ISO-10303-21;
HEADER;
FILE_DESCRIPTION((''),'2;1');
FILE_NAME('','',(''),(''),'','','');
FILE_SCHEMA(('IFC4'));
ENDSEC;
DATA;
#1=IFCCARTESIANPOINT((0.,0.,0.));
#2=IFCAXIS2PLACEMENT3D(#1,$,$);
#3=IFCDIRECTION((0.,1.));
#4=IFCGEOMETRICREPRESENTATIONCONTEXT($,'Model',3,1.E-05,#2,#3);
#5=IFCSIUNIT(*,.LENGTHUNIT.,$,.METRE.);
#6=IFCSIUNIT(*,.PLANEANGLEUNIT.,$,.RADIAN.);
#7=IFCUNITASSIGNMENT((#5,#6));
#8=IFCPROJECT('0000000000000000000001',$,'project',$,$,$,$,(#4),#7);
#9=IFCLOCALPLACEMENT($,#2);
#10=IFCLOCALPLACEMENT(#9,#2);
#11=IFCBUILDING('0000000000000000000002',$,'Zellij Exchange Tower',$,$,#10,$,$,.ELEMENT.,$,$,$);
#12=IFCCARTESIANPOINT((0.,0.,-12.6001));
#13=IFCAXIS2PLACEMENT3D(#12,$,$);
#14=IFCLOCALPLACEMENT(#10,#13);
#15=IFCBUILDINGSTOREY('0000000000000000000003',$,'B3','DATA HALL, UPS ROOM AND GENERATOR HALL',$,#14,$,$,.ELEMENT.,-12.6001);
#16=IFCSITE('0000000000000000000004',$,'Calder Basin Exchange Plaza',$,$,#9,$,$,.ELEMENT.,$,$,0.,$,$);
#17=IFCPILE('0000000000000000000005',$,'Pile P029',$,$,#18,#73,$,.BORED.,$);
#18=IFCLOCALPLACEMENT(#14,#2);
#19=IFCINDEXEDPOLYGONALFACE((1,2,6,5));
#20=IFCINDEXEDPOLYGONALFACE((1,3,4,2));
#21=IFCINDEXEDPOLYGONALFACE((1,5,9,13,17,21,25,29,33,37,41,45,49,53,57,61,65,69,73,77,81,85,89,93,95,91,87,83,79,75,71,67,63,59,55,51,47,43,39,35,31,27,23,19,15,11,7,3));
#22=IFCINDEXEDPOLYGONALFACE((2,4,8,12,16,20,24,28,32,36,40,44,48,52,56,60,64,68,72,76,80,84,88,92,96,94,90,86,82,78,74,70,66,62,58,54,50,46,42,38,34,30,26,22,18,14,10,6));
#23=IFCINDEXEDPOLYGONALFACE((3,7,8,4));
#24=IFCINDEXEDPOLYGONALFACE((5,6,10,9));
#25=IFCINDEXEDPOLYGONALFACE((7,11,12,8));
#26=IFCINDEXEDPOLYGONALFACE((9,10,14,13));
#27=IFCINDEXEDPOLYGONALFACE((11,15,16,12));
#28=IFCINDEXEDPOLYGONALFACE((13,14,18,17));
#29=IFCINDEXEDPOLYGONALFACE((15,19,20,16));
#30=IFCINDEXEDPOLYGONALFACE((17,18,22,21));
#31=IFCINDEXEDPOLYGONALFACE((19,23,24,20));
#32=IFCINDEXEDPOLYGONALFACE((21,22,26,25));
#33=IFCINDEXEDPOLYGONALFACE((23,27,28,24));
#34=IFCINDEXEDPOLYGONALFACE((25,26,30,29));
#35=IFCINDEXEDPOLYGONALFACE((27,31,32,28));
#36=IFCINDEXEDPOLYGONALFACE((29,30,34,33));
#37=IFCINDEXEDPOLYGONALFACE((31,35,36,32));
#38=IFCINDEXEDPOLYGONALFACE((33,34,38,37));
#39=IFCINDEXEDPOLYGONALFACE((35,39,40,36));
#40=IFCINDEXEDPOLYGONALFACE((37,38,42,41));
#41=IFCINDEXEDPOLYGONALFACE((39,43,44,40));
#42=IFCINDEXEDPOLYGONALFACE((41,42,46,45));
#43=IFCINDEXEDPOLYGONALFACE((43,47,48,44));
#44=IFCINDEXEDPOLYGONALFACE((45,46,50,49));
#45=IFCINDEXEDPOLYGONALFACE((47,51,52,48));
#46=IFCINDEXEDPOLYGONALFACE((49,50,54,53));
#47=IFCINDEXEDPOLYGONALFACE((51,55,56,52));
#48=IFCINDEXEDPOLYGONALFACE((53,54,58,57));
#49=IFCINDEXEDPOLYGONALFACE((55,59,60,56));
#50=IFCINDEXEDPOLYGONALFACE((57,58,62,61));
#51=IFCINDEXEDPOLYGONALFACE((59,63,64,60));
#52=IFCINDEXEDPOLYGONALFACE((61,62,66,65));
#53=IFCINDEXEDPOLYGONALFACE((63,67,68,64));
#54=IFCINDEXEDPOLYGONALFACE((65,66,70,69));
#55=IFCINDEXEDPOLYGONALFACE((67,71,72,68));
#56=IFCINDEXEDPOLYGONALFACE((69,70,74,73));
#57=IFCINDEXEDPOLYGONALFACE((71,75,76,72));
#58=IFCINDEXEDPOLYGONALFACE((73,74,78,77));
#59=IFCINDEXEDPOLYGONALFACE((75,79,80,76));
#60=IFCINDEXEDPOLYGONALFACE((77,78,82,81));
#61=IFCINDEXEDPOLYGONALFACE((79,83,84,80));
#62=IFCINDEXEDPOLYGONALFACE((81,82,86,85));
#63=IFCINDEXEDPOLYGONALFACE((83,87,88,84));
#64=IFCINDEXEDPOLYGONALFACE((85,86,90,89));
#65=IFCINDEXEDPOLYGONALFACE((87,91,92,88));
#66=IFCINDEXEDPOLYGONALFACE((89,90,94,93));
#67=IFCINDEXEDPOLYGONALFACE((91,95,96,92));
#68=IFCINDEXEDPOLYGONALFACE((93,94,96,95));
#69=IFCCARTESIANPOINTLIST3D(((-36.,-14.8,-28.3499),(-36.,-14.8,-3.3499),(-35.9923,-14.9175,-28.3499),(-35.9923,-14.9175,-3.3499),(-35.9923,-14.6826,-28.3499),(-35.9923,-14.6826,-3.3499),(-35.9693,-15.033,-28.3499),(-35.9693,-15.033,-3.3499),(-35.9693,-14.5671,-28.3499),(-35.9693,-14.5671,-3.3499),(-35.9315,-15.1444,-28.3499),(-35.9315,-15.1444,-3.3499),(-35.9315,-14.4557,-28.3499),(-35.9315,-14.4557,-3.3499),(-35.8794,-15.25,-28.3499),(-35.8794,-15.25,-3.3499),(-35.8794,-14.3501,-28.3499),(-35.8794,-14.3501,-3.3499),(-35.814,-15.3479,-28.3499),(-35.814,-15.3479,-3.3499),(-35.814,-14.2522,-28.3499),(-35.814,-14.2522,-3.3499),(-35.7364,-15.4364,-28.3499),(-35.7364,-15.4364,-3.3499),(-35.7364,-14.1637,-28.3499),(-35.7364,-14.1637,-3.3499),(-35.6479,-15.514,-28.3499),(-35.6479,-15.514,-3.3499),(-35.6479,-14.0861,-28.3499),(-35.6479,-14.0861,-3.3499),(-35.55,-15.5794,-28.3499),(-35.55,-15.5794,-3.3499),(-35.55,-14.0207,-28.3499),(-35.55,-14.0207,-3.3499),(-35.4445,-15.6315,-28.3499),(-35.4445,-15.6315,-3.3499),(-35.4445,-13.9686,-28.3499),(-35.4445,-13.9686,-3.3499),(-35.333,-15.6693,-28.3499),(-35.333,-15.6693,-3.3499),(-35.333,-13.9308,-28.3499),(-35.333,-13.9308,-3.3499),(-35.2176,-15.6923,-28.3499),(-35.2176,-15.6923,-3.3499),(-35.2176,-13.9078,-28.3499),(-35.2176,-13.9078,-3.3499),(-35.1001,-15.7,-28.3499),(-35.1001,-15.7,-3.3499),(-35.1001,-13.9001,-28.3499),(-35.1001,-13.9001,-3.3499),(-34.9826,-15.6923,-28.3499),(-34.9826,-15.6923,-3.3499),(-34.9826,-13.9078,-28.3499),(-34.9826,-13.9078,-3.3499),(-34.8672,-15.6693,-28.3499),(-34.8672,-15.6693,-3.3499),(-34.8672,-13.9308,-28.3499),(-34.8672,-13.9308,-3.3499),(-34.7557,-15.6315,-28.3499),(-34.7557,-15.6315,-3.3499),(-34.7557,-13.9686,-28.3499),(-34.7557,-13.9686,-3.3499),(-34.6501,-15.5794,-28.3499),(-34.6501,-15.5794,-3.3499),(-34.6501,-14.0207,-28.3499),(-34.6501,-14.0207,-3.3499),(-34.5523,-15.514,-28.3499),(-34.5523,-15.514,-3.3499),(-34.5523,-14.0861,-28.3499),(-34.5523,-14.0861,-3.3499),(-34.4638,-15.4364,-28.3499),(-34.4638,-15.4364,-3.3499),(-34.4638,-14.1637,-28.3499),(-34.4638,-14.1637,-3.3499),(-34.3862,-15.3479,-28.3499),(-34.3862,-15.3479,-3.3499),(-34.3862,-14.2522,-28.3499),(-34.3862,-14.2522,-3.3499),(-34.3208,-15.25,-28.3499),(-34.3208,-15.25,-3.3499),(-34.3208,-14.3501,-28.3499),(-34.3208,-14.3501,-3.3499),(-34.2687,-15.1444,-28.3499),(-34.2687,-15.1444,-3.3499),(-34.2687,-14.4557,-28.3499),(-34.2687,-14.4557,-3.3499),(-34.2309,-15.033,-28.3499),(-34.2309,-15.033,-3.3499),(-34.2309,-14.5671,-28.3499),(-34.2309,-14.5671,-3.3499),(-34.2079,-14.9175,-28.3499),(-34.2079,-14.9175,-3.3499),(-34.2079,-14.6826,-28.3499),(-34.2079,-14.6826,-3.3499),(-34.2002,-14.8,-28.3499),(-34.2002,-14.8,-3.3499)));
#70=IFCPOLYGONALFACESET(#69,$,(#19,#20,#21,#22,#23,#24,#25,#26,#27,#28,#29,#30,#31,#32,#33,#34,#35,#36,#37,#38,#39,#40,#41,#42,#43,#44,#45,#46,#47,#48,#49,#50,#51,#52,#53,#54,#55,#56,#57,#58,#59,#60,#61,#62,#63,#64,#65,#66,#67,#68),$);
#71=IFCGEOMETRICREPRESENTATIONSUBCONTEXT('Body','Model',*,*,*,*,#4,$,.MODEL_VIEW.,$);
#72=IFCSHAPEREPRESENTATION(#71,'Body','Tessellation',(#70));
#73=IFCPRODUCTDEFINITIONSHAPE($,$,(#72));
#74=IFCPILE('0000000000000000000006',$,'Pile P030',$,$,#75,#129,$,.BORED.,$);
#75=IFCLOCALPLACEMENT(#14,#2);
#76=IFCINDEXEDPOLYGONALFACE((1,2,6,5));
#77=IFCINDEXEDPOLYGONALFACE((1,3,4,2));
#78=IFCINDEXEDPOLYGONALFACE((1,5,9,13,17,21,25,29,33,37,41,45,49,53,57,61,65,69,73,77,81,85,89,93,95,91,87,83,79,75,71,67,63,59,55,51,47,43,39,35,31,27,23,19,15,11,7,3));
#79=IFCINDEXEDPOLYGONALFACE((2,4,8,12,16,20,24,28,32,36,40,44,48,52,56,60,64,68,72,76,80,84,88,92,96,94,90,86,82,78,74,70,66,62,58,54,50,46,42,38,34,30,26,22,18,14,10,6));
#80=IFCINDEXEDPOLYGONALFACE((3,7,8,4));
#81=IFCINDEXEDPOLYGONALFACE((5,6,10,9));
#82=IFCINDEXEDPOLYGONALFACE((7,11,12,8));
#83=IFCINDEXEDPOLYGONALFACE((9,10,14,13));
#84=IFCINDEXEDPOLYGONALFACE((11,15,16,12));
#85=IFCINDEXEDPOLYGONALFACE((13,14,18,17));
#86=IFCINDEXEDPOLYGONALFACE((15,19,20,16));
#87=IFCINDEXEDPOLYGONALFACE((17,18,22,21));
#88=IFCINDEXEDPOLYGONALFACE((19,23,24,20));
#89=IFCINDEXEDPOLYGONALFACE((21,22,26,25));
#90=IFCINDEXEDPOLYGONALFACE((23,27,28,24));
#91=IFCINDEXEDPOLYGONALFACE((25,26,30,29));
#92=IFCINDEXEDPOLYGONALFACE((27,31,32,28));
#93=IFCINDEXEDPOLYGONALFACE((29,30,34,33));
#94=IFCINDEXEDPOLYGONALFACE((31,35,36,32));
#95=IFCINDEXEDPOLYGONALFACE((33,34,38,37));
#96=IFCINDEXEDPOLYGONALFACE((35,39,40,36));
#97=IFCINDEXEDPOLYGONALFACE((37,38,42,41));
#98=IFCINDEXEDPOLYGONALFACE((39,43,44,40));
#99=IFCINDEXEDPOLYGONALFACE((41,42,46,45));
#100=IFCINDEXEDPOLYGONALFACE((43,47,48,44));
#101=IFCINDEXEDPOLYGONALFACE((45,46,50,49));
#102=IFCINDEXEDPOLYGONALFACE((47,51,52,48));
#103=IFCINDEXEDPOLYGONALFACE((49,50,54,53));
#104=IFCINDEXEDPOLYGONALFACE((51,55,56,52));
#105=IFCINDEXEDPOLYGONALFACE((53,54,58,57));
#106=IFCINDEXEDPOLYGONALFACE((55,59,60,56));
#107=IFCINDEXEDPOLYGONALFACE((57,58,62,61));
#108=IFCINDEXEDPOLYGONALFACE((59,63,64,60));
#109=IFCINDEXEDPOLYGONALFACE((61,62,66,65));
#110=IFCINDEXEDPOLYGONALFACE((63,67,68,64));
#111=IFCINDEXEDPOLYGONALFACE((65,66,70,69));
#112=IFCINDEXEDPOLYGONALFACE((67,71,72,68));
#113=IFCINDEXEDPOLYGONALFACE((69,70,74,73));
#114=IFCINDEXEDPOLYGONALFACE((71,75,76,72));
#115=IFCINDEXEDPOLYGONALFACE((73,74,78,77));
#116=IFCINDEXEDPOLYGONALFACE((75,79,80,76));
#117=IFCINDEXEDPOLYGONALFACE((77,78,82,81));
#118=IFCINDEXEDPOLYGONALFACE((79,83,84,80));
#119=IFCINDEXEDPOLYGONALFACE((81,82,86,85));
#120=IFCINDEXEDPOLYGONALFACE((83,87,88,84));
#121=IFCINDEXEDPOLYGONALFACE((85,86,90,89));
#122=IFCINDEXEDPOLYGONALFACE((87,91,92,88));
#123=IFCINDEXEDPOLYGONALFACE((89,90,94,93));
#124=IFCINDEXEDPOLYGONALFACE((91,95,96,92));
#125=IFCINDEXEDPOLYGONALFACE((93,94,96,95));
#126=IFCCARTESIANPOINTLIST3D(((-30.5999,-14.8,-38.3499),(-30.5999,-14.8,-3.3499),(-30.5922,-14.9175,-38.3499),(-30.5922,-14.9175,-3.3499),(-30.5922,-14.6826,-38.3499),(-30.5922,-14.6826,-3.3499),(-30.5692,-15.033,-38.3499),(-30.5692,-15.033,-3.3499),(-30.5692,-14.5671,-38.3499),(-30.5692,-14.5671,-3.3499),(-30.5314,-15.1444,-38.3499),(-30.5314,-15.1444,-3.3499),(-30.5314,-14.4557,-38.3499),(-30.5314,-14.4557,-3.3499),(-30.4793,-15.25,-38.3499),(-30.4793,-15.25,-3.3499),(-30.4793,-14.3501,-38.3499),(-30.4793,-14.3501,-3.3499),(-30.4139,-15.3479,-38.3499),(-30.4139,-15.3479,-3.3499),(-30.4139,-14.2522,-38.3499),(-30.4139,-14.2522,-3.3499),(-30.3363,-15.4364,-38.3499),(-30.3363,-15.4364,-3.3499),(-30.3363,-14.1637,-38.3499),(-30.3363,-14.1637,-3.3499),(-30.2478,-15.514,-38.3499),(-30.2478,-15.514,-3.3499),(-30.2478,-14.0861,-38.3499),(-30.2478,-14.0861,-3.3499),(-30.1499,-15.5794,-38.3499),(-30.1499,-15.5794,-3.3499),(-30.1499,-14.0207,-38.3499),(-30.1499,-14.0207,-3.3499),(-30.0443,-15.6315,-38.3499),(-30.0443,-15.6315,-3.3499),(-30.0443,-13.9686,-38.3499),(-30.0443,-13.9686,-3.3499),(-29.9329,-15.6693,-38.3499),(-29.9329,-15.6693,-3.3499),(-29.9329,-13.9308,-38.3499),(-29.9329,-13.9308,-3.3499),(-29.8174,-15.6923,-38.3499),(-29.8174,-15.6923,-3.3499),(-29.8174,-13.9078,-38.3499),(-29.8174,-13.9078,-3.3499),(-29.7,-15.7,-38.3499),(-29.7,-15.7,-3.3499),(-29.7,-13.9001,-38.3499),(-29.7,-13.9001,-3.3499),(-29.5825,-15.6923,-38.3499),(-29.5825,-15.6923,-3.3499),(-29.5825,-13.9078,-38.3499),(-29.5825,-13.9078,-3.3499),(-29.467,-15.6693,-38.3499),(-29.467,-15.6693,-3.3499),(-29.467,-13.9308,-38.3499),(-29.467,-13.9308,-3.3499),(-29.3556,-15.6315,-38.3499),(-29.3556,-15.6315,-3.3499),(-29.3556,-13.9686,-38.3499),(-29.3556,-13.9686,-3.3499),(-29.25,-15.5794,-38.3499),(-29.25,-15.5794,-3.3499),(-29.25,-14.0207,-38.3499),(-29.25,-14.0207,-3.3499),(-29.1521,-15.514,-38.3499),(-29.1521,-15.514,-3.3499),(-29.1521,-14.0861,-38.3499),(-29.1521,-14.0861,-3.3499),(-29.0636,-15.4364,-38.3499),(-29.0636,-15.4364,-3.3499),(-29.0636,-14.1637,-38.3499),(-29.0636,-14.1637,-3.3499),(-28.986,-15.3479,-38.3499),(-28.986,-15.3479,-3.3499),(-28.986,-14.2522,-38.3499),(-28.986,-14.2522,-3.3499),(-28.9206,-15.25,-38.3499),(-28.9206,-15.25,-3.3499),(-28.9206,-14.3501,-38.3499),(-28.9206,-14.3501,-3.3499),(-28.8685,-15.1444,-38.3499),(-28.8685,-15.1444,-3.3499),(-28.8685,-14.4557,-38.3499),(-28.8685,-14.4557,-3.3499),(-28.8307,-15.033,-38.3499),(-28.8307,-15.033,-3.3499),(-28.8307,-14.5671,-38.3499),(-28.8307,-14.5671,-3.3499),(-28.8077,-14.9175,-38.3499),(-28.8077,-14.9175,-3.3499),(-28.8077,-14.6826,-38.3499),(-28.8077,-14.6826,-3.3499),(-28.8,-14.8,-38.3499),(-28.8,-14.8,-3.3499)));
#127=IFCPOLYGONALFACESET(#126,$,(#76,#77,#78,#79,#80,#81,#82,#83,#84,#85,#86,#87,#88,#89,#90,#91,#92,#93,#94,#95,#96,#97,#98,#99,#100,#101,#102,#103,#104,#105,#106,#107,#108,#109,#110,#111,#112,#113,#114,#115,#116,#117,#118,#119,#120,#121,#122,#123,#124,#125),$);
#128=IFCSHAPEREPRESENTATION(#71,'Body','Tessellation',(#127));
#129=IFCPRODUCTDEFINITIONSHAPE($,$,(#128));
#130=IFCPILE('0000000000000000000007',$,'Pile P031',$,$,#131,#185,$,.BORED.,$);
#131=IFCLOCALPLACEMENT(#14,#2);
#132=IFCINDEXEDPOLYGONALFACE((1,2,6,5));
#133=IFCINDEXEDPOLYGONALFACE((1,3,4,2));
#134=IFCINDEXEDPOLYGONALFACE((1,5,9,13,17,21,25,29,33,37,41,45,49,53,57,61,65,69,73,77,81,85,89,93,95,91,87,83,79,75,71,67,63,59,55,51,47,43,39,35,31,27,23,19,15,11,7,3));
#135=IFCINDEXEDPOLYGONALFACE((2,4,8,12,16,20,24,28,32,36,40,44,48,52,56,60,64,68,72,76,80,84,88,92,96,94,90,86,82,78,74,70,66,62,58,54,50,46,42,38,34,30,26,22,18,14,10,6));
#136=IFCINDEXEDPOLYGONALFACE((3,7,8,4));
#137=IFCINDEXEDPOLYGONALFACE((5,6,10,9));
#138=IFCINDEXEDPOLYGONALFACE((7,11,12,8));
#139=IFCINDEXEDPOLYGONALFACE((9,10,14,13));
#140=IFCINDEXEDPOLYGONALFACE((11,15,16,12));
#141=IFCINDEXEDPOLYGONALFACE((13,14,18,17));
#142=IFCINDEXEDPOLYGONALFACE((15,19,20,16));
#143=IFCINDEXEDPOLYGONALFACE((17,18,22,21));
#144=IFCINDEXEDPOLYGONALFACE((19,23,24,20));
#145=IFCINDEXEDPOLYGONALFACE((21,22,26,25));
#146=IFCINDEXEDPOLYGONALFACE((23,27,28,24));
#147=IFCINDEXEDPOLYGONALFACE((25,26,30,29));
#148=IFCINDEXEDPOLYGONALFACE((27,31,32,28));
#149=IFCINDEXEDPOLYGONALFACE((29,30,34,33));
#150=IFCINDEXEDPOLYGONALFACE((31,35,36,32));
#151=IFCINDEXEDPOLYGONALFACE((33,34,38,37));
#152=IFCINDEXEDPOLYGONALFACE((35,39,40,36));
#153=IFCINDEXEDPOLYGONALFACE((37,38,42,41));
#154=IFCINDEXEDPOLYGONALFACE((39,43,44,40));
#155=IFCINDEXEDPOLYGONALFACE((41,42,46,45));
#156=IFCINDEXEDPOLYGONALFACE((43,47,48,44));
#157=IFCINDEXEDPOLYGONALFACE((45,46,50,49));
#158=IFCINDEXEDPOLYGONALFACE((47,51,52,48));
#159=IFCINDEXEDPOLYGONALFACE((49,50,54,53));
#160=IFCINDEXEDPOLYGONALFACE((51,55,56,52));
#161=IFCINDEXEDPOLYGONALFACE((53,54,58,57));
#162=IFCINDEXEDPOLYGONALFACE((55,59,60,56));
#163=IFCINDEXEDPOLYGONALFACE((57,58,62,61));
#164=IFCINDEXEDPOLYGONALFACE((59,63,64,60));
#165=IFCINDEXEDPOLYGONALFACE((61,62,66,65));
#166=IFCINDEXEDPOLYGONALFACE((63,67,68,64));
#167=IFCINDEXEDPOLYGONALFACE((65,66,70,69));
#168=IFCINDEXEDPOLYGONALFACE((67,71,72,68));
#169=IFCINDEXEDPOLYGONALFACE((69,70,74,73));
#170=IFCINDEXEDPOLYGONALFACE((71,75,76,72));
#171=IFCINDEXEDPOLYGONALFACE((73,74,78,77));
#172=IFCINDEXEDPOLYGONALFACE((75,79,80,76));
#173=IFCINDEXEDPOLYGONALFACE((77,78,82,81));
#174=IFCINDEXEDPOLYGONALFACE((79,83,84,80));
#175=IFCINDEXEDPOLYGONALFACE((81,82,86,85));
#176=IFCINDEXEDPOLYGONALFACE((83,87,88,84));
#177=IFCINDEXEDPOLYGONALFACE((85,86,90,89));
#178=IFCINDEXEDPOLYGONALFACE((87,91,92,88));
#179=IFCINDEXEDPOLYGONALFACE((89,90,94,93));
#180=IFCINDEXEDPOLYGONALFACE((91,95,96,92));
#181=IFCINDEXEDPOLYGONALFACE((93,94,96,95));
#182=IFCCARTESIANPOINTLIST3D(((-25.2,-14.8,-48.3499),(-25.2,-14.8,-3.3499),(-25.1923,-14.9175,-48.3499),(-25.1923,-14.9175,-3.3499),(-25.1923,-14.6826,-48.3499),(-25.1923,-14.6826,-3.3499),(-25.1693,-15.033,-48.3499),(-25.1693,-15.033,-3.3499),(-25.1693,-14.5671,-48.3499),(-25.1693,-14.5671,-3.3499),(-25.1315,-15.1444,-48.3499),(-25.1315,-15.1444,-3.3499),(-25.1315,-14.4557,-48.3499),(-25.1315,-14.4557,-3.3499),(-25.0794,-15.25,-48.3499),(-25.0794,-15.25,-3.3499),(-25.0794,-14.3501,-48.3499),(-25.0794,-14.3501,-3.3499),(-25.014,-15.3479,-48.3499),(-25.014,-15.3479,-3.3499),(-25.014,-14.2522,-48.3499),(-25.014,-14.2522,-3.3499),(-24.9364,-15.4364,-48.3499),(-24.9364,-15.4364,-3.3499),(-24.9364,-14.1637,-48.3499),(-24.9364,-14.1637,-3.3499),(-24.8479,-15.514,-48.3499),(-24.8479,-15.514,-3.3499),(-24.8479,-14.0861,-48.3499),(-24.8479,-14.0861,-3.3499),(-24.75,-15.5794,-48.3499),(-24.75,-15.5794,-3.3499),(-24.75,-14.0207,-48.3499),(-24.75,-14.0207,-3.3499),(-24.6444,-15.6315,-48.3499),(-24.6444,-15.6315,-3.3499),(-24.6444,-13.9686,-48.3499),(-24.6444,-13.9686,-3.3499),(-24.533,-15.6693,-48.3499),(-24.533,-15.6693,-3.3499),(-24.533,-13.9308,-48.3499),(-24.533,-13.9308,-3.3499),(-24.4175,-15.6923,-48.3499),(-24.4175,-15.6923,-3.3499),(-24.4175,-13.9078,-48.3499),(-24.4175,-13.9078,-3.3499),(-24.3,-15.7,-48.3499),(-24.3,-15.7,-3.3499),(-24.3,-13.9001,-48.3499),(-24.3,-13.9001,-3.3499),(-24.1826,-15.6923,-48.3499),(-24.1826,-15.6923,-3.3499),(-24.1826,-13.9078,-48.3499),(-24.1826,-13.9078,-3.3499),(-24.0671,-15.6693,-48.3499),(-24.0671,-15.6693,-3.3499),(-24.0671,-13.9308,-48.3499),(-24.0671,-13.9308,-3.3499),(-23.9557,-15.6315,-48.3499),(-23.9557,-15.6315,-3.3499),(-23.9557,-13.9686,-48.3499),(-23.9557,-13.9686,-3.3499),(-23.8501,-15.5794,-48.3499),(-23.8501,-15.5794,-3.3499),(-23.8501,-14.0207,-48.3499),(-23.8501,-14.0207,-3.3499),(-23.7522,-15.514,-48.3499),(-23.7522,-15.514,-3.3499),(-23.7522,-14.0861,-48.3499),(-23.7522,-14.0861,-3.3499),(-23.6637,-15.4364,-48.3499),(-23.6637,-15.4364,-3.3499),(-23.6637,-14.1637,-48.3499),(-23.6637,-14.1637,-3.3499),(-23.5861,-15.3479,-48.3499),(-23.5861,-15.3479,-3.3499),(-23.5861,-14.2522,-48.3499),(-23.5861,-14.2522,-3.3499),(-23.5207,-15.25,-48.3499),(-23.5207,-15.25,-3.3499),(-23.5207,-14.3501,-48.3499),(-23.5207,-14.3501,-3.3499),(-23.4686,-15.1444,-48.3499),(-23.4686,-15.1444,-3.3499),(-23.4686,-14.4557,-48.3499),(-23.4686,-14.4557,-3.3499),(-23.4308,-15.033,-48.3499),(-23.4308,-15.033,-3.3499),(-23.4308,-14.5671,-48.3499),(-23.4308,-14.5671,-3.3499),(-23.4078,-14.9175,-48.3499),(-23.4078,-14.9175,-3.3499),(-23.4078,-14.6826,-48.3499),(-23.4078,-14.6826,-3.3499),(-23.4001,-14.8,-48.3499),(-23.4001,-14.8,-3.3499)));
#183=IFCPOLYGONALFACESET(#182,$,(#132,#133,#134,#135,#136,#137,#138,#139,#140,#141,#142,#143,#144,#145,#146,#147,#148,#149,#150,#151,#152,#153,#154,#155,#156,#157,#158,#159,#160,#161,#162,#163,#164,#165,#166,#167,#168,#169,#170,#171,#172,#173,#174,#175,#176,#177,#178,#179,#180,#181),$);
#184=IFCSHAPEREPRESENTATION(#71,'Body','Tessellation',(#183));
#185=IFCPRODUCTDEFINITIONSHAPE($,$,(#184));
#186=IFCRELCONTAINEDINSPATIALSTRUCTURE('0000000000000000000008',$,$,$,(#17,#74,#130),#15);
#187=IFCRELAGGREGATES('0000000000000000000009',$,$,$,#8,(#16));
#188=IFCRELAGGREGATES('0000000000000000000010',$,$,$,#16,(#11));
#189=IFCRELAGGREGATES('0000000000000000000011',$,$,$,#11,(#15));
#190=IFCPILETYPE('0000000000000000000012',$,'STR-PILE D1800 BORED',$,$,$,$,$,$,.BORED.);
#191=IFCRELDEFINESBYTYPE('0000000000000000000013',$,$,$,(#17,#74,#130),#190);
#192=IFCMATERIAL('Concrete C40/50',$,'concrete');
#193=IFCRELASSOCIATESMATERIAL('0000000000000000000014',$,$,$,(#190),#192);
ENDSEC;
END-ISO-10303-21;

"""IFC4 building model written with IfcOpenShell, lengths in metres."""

from ifc_helpers import new_model, si_unit, direction, frame, origin, origin_2d, place, context, subcontext, project, spatial, circle, extrude, material, material_profile, profile_set, type_object, element, save


model = new_model("IFC4")

# Units and contexts
model_context = context("Model", 3, precision=1e-05, world=origin(), true_north=direction((0.0, 1.0)))
body_context = subcontext(model_context, "Body", "Model", "MODEL_VIEW")
ifc_project = project(units=[si_unit("LENGTHUNIT", "METRE"), si_unit("PLANEANGLEUNIT", "RADIAN")], contexts=[model_context])

# Site, building, storey
site_placement = place(None, origin())
site = spatial("IfcSite", under=ifc_project, at=site_placement, Name="Calder Basin Exchange Plaza", CompositionType="ELEMENT", RefElevation=0.0)
building_placement = place(site_placement, origin())
building = spatial("IfcBuilding", under=site, at=building_placement, Name="Zellij Exchange Tower", CompositionType="ELEMENT")
storey_placement = place(building_placement, frame((0.0, 0.0, -12.6001)))
storey = spatial("IfcBuildingStorey", under=building, at=storey_placement, Name="B3", Description="DATA HALL, UPS ROOM AND GENERATOR HALL", CompositionType="ELEMENT", Elevation=-12.6001)

# Piles
ifc_material_1 = material(Name="Concrete C40/50", Category="concrete")
ifc_material_profile_1 = material_profile(ifc_material_1, circle(Radius=0.8999, at=origin_2d()), Name="STR-PILE D1800 BORED")
ifc_profile_set_1 = profile_set([ifc_material_profile_1], Name="Concrete C40/50")
pile_type = type_object("IfcPileType", Name="STR-PILE D1800 BORED", PredefinedType="BORED", material=ifc_profile_set_1)
pile_1_placement = place(storey_placement, frame((-35.1001, -14.8, -3.3499), z_axis=(0.0, 0.0, -1.0), x_axis=(1.0, 0.0, 0.0)))
element("IfcPile", 1, at=pile_1_placement, inside=storey, type_object=pile_type, Name="Pile P029", PredefinedType="BORED", context=body_context, shape_type="SweptSolid", body=[
    extrude(circle(Radius=0.8999, at=origin_2d()), origin(), (0.0, 0.0, 1.0), 25.0),
])
pile_2_placement = place(storey_placement, frame((-29.7, -14.8, -3.3499), z_axis=(0.0, 0.0, -1.0), x_axis=(1.0, 0.0, 0.0)))
element("IfcPile", 2, at=pile_2_placement, inside=storey, type_object=pile_type, Name="Pile P030", PredefinedType="BORED", context=body_context, shape_type="SweptSolid", body=[
    extrude(circle(Radius=0.8999, at=origin_2d()), origin(), (0.0, 0.0, 1.0), 35.0),
])
pile_3_placement = place(storey_placement, frame((-24.3, -14.8, -3.3499), z_axis=(0.0, 0.0, -1.0), x_axis=(1.0, 0.0, 0.0)))
element("IfcPile", 3, at=pile_3_placement, inside=storey, type_object=pile_type, Name="Pile P031", PredefinedType="BORED", context=body_context, shape_type="SweptSolid", body=[
    extrude(circle(Radius=0.8999, at=origin_2d()), origin(), (0.0, 0.0, 1.0), 45.0),
])

save(model, "model.ifc")
